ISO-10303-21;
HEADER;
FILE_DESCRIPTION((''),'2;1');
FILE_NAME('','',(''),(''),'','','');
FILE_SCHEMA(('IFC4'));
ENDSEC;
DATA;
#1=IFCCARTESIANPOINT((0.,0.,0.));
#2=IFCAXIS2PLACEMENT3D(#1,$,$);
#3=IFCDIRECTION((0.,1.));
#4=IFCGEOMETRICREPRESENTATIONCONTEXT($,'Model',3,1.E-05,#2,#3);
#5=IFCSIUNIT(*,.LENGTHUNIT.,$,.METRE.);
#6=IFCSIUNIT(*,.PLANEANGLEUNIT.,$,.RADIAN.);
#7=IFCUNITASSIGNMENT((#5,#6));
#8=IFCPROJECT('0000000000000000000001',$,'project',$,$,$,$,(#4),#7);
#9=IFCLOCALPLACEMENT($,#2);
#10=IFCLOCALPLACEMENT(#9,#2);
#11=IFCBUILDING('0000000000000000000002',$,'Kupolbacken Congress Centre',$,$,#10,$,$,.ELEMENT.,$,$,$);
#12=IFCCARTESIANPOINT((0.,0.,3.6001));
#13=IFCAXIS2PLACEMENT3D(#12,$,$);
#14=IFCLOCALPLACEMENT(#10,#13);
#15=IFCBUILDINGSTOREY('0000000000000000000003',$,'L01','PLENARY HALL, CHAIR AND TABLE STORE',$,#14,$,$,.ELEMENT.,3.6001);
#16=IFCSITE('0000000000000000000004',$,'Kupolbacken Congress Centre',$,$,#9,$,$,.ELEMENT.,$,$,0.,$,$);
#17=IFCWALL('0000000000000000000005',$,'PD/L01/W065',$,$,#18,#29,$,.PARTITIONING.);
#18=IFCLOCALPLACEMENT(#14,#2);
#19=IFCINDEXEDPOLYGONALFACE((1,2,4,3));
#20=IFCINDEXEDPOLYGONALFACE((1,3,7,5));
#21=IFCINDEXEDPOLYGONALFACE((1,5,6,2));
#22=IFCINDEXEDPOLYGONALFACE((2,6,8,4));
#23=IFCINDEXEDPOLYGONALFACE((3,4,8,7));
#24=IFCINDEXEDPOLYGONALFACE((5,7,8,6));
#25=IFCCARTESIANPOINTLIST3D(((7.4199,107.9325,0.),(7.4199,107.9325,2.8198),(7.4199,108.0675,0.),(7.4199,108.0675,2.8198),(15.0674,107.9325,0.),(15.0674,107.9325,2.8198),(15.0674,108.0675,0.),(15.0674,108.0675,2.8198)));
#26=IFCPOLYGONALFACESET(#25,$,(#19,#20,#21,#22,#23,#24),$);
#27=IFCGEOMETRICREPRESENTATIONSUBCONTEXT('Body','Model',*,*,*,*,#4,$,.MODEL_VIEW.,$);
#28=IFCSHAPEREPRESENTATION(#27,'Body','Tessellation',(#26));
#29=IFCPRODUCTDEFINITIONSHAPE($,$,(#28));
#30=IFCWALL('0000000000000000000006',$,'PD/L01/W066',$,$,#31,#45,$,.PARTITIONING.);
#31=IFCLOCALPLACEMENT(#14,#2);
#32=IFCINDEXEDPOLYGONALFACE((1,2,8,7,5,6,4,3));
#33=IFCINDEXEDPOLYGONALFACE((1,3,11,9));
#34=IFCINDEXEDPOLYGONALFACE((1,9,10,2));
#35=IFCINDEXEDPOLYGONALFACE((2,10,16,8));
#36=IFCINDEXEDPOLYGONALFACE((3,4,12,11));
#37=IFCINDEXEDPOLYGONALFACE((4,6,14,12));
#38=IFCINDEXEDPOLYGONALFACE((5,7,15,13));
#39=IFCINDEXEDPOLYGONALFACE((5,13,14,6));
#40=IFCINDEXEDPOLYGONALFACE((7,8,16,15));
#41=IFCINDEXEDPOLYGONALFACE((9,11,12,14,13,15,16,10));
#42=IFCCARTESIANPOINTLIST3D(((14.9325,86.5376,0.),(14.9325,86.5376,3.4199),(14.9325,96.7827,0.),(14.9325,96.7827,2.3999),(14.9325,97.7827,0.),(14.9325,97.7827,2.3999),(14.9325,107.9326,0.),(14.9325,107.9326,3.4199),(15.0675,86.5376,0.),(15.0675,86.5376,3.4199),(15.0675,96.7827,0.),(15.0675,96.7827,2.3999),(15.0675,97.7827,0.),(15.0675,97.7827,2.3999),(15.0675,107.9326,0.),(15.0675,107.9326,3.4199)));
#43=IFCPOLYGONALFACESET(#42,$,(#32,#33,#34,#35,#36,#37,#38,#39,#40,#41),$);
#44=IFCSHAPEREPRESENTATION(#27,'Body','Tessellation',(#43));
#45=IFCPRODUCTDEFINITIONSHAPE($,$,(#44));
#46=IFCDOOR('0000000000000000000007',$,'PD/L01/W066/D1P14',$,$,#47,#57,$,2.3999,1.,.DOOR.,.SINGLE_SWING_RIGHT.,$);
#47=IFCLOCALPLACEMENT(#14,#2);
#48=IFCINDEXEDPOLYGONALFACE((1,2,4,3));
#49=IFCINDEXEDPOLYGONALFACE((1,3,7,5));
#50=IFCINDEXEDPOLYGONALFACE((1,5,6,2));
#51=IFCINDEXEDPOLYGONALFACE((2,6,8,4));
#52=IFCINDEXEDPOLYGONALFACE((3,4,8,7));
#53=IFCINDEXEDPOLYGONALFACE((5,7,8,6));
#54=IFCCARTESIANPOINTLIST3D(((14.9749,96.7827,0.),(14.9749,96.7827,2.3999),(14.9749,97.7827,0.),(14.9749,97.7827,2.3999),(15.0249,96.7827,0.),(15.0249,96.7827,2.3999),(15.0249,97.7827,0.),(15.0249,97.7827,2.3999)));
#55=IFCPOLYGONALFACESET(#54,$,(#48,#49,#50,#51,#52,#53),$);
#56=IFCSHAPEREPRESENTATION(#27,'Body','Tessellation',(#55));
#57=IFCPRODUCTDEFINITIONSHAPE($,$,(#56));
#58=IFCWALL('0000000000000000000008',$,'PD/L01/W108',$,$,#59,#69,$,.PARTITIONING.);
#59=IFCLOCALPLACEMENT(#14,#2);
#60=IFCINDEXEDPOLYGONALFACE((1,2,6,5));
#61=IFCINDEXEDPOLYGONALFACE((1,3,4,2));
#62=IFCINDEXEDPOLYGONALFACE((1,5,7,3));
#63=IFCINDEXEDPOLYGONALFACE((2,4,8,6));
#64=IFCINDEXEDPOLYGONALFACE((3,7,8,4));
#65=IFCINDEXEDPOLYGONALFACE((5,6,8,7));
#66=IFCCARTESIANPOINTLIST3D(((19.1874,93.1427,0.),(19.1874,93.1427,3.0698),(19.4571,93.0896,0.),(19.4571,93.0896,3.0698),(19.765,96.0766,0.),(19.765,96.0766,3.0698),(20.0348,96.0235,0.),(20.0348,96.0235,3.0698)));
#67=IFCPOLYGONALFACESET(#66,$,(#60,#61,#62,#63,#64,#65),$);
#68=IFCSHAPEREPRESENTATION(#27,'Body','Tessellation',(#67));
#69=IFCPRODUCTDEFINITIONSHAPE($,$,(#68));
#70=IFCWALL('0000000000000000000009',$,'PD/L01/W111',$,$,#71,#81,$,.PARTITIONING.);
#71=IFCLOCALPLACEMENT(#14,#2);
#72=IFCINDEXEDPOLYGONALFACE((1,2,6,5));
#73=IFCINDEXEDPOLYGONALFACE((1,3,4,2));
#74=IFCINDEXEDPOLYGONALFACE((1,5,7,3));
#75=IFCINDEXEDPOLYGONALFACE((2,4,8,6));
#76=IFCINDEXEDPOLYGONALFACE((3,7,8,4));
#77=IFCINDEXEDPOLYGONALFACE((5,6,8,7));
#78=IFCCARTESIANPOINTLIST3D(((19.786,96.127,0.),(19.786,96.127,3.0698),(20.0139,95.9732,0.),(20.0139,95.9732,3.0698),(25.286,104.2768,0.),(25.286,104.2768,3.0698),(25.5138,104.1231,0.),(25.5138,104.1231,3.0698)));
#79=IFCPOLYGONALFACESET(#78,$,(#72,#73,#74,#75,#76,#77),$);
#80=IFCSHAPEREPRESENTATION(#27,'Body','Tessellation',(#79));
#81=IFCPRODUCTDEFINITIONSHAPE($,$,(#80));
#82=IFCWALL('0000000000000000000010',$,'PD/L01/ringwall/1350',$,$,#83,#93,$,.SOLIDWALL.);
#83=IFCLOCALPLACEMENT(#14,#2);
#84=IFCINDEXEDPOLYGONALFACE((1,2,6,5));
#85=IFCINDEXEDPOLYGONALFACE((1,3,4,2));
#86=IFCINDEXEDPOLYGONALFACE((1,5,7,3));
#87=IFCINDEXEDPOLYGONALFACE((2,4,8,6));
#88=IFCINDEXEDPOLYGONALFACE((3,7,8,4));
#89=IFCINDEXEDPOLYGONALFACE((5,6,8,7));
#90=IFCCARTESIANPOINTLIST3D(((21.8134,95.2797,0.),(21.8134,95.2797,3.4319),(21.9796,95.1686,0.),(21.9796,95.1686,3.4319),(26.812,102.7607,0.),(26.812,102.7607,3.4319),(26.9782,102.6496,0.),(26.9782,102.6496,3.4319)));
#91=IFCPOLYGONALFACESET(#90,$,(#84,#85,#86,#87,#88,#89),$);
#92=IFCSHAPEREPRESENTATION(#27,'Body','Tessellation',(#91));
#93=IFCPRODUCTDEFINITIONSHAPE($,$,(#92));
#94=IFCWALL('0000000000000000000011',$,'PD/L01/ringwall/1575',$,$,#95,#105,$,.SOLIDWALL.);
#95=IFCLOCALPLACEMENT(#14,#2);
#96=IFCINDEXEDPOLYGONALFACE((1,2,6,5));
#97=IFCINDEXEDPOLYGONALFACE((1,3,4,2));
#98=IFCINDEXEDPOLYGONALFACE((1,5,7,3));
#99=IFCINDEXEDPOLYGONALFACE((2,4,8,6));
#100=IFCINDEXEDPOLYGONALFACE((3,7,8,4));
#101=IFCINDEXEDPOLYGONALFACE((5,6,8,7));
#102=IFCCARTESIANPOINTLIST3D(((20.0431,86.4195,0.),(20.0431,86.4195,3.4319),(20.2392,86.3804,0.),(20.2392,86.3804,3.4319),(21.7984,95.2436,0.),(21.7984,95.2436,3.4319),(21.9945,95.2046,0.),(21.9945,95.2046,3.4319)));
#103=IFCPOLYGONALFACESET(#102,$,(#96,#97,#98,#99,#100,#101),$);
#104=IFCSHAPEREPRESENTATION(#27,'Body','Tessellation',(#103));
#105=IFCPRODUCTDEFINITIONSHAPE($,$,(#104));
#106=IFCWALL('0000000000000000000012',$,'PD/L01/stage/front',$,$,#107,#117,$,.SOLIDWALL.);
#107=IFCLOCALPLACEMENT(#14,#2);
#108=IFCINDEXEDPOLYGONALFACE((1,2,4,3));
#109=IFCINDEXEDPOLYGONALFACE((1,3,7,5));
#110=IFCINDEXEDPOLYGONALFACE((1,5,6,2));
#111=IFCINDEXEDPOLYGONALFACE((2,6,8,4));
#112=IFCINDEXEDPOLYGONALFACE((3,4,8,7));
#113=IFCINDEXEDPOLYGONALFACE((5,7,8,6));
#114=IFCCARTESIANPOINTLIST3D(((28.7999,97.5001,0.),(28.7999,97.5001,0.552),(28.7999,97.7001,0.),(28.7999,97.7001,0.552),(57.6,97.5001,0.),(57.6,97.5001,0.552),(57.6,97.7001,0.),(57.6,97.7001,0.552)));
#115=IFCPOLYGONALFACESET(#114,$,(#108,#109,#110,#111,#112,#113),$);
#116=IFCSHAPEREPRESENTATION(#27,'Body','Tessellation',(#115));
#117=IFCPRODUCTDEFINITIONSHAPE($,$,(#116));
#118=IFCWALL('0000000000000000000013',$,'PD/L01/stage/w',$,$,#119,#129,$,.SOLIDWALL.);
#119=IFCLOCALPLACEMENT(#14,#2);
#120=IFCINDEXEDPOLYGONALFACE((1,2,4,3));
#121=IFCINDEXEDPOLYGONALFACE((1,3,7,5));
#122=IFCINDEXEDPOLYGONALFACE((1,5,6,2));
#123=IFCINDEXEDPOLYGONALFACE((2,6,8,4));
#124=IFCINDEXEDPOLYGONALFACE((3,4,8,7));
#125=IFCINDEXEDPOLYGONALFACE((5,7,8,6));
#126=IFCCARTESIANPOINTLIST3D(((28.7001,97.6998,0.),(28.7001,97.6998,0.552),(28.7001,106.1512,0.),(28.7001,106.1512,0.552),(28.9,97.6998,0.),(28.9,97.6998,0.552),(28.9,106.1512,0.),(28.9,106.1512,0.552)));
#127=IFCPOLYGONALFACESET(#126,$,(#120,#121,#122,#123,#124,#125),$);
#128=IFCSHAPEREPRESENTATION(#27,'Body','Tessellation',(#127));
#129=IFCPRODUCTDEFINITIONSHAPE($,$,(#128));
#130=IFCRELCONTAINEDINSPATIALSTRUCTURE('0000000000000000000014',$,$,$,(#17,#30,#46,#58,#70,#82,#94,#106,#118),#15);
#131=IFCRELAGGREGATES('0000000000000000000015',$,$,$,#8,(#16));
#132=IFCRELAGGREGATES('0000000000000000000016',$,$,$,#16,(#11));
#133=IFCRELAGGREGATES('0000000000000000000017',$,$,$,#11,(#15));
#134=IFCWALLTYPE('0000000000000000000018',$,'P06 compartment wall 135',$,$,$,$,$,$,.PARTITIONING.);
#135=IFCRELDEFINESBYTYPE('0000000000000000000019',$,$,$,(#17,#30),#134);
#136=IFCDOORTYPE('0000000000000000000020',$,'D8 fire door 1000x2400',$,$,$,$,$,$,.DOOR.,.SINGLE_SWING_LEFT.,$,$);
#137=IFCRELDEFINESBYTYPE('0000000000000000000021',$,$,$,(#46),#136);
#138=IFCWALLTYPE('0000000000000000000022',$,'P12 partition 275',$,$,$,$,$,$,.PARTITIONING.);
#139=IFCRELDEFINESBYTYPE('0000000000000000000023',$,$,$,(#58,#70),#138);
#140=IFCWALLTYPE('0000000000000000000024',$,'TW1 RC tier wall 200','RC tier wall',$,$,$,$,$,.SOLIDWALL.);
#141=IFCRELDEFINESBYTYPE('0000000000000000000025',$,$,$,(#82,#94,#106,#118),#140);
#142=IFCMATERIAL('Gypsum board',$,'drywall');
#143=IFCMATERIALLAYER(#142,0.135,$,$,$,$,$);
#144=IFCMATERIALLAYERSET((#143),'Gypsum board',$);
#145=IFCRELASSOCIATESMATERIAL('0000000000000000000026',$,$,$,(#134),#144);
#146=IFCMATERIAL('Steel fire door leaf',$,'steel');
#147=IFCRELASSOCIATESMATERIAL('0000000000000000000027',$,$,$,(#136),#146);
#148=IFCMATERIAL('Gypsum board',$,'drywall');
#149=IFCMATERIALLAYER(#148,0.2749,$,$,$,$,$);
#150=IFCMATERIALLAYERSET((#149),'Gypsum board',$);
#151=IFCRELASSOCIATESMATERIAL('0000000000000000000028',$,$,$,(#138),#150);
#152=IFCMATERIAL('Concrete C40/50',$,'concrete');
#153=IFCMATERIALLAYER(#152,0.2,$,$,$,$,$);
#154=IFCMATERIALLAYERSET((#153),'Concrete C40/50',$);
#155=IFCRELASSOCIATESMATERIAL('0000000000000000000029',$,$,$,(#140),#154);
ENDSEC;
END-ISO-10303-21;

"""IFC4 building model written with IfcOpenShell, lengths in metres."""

from ifc_helpers import new_model, si_unit, direction, frame, frame_2d, origin, place, context, subcontext, project, spatial, rectangle, extrude, material, layer, layer_set, type_object, element, fill, save


model = new_model("IFC4")

# Units and contexts
model_context = context("Model", 3, precision=1e-05, world=origin(), true_north=direction((0.0, 1.0)))
body_context = subcontext(model_context, "Body", "Model", "MODEL_VIEW")
ifc_project = project(units=[si_unit("LENGTHUNIT", "METRE"), si_unit("PLANEANGLEUNIT", "RADIAN")], contexts=[model_context])

# Site, building, storey
site_placement = place(None, origin())
site = spatial("IfcSite", under=ifc_project, at=site_placement, Name="Kupolbacken Congress Centre", CompositionType="ELEMENT", RefElevation=0.0)
building_placement = place(site_placement, origin())
building = spatial("IfcBuilding", under=site, at=building_placement, Name="Kupolbacken Congress Centre", CompositionType="ELEMENT")
storey_placement = place(building_placement, frame((0.0, 0.0, 3.6001)))
storey = spatial("IfcBuildingStorey", under=building, at=storey_placement, Name="L01", Description="PLENARY HALL, CHAIR AND TABLE STORE", CompositionType="ELEMENT", Elevation=3.6001)

# Wall
ifc_material_1 = material(Name="Gypsum board", Category="drywall")
ifc_layer_1 = layer(ifc_material_1, 0.135)
ifc_layer_set_1 = layer_set([ifc_layer_1], Name="Gypsum board")
wall_type_1 = type_object("IfcWallType", Name="P06 compartment wall 135", PredefinedType="PARTITIONING", material=ifc_layer_set_1)
wall_1_placement = place(storey_placement, frame((7.4199, 108.0, 0.0), z_axis=(0.0, 0.0, 1.0), x_axis=(1.0, 0.0, 0.0)))
element("IfcWall", 1, at=wall_1_placement, inside=storey, type_object=wall_type_1, Name="PD/L01/W065", PredefinedType="PARTITIONING", context=body_context, shape_type="SweptSolid", body=[
    extrude(rectangle(XDim=7.6475, YDim=0.135, at=frame_2d((3.8237, 0.0))), origin(), (0.0, 0.0, 1.0), 2.8198),
])

# Wall, opening, door
wall_2_placement = place(storey_placement, frame((15.0, 107.9326, 0.0), z_axis=(0.0, 0.0, 1.0), x_axis=(0.0, -1.0, 0.0)))
wall_2 = element("IfcWall", 2, at=wall_2_placement, inside=storey, type_object=wall_type_1, Name="PD/L01/W066", PredefinedType="PARTITIONING", context=body_context, shape_type="SweptSolid", body=[
    extrude(rectangle(XDim=21.395, YDim=0.135, at=frame_2d((10.6975, 0.0))), origin(), (0.0, 0.0, 1.0), 3.4199),
])
opening_placement = place(wall_2_placement, frame((10.1499, 0.0, 0.0)))
opening = element("IfcOpeningElement", 3, at=opening_placement, cuts=wall_2, PredefinedType="OPENING", context=body_context, shape_type="SweptSolid", body=[
    extrude(rectangle(XDim=1.0, YDim=2.3999, at=frame_2d((0.5, 1.2))), frame((0.0, 0.0774, 0.0), z_axis=(0.0, -1.0, 0.0), x_axis=(1.0, 0.0, 0.0)), (0.0, 0.0, 1.0), 0.155),
])
ifc_material_2 = material(Name="Steel fire door leaf", Category="steel")
door_type = type_object("IfcDoorType", Name="D8 fire door 1000x2400", OperationType="SINGLE_SWING_LEFT", PredefinedType="DOOR", material=ifc_material_2)
door_placement = place(opening_placement, origin())
door = element("IfcDoor", 4, at=door_placement, inside=storey, type_object=door_type, Name="PD/L01/W066/D1P14", OperationType="SINGLE_SWING_RIGHT", OverallHeight=2.3999, OverallWidth=1.0, PredefinedType="DOOR", context=body_context, shape_type="SweptSolid", body=[
    extrude(rectangle(XDim=1.0, YDim=2.3999, at=frame_2d((0.5, 1.2))), frame((0.0, 0.0249, 0.0), z_axis=(0.0, -1.0, 0.0), x_axis=(1.0, 0.0, 0.0)), (0.0, 0.0, 1.0), 0.05),
])
fill(opening, door)

# Walls
ifc_material_3 = material(Name="Gypsum board", Category="drywall")
ifc_layer_2 = layer(ifc_material_3, 0.2749)
ifc_layer_set_2 = layer_set([ifc_layer_2], Name="Gypsum board")
wall_type_2 = type_object("IfcWallType", Name="P12 partition 275", PredefinedType="PARTITIONING", material=ifc_layer_set_2)
wall_3_placement = place(storey_placement, frame((19.8999, 96.05, 0.0), z_axis=(0.0, 0.0, 1.0), x_axis=(-0.193179, -0.981164, 0.0)))
element("IfcWall", 5, at=wall_3_placement, inside=storey, type_object=wall_type_2, Name="PD/L01/W108", PredefinedType="PARTITIONING", context=body_context, shape_type="SweptSolid", body=[
    extrude(rectangle(XDim=2.9902, YDim=0.2749, at=frame_2d((1.4951, 0.0))), origin(), (0.0, 0.0, 1.0), 3.0698),
])
wall_4_placement = place(storey_placement, frame((25.3999, 104.2, 0.0), z_axis=(0.0, 0.0, 1.0), x_axis=(-0.55939, -0.828905, 0.0)))
element("IfcWall", 6, at=wall_4_placement, inside=storey, type_object=wall_type_2, Name="PD/L01/W111", PredefinedType="PARTITIONING", context=body_context, shape_type="SweptSolid", body=[
    extrude(rectangle(XDim=9.832, YDim=0.2749, at=frame_2d((4.916, 0.0))), origin(), (0.0, 0.0, 1.0), 3.0698),
])
ifc_material_4 = material(Name="Concrete C40/50", Category="concrete")
ifc_layer_3 = layer(ifc_material_4, 0.2)
ifc_layer_set_3 = layer_set([ifc_layer_3], Name="Concrete C40/50")
wall_type_3 = type_object("IfcWallType", Name="TW1 RC tier wall 200", Description="RC tier wall", PredefinedType="SOLIDWALL", material=ifc_layer_set_3)
wall_5_placement = place(storey_placement, frame((26.895, 102.7051, 0.0), z_axis=(0.0, 0.0, 1.0), x_axis=(-0.555564, -0.831474, 0.0)))
element("IfcWall", 7, at=wall_5_placement, inside=storey, type_object=wall_type_3, Name="PD/L01/ringwall/1350", PredefinedType="SOLIDWALL", context=body_context, shape_type="SweptSolid", body=[
    extrude(rectangle(XDim=8.9973, YDim=0.2, at=frame_2d((4.4985, 0.0))), origin(), (0.0, 0.0, 1.0), 3.4319),
])
wall_6_placement = place(storey_placement, frame((21.8965, 95.2241, 0.0), z_axis=(0.0, 0.0, 1.0), x_axis=(-0.195104, -0.980783, 0.0)))
element("IfcWall", 8, at=wall_6_placement, inside=storey, type_object=wall_type_3, Name="PD/L01/ringwall/1575", PredefinedType="SOLIDWALL", context=body_context, shape_type="SweptSolid", body=[
    extrude(rectangle(XDim=8.9971, YDim=0.2, at=frame_2d((4.4985, 0.0))), origin(), (0.0, 0.0, 1.0), 3.4319),
])
wall_7_placement = place(storey_placement, frame((28.8, 97.6001, 0.0), z_axis=(0.0, 0.0, 1.0), x_axis=(1.0, 0.0, 0.0)))
element("IfcWall", 9, at=wall_7_placement, inside=storey, type_object=wall_type_3, Name="PD/L01/stage/front", PredefinedType="SOLIDWALL", context=body_context, shape_type="SweptSolid", body=[
    extrude(rectangle(XDim=28.8, YDim=0.2, at=frame_2d((14.3999, 0.0))), origin(), (0.0, 0.0, 1.0), 0.552),
])
wall_8_placement = place(storey_placement, frame((28.8, 97.7, 0.0), z_axis=(0.0, 0.0, 1.0), x_axis=(0.0, 1.0, 0.0)))
element("IfcWall", 10, at=wall_8_placement, inside=storey, type_object=wall_type_3, Name="PD/L01/stage/w", PredefinedType="SOLIDWALL", context=body_context, shape_type="SweptSolid", body=[
    extrude(rectangle(XDim=8.4514, YDim=0.2, at=frame_2d((4.2256, 0.0))), origin(), (0.0, 0.0, 1.0), 0.552),
])

save(model, "model.ifc")
